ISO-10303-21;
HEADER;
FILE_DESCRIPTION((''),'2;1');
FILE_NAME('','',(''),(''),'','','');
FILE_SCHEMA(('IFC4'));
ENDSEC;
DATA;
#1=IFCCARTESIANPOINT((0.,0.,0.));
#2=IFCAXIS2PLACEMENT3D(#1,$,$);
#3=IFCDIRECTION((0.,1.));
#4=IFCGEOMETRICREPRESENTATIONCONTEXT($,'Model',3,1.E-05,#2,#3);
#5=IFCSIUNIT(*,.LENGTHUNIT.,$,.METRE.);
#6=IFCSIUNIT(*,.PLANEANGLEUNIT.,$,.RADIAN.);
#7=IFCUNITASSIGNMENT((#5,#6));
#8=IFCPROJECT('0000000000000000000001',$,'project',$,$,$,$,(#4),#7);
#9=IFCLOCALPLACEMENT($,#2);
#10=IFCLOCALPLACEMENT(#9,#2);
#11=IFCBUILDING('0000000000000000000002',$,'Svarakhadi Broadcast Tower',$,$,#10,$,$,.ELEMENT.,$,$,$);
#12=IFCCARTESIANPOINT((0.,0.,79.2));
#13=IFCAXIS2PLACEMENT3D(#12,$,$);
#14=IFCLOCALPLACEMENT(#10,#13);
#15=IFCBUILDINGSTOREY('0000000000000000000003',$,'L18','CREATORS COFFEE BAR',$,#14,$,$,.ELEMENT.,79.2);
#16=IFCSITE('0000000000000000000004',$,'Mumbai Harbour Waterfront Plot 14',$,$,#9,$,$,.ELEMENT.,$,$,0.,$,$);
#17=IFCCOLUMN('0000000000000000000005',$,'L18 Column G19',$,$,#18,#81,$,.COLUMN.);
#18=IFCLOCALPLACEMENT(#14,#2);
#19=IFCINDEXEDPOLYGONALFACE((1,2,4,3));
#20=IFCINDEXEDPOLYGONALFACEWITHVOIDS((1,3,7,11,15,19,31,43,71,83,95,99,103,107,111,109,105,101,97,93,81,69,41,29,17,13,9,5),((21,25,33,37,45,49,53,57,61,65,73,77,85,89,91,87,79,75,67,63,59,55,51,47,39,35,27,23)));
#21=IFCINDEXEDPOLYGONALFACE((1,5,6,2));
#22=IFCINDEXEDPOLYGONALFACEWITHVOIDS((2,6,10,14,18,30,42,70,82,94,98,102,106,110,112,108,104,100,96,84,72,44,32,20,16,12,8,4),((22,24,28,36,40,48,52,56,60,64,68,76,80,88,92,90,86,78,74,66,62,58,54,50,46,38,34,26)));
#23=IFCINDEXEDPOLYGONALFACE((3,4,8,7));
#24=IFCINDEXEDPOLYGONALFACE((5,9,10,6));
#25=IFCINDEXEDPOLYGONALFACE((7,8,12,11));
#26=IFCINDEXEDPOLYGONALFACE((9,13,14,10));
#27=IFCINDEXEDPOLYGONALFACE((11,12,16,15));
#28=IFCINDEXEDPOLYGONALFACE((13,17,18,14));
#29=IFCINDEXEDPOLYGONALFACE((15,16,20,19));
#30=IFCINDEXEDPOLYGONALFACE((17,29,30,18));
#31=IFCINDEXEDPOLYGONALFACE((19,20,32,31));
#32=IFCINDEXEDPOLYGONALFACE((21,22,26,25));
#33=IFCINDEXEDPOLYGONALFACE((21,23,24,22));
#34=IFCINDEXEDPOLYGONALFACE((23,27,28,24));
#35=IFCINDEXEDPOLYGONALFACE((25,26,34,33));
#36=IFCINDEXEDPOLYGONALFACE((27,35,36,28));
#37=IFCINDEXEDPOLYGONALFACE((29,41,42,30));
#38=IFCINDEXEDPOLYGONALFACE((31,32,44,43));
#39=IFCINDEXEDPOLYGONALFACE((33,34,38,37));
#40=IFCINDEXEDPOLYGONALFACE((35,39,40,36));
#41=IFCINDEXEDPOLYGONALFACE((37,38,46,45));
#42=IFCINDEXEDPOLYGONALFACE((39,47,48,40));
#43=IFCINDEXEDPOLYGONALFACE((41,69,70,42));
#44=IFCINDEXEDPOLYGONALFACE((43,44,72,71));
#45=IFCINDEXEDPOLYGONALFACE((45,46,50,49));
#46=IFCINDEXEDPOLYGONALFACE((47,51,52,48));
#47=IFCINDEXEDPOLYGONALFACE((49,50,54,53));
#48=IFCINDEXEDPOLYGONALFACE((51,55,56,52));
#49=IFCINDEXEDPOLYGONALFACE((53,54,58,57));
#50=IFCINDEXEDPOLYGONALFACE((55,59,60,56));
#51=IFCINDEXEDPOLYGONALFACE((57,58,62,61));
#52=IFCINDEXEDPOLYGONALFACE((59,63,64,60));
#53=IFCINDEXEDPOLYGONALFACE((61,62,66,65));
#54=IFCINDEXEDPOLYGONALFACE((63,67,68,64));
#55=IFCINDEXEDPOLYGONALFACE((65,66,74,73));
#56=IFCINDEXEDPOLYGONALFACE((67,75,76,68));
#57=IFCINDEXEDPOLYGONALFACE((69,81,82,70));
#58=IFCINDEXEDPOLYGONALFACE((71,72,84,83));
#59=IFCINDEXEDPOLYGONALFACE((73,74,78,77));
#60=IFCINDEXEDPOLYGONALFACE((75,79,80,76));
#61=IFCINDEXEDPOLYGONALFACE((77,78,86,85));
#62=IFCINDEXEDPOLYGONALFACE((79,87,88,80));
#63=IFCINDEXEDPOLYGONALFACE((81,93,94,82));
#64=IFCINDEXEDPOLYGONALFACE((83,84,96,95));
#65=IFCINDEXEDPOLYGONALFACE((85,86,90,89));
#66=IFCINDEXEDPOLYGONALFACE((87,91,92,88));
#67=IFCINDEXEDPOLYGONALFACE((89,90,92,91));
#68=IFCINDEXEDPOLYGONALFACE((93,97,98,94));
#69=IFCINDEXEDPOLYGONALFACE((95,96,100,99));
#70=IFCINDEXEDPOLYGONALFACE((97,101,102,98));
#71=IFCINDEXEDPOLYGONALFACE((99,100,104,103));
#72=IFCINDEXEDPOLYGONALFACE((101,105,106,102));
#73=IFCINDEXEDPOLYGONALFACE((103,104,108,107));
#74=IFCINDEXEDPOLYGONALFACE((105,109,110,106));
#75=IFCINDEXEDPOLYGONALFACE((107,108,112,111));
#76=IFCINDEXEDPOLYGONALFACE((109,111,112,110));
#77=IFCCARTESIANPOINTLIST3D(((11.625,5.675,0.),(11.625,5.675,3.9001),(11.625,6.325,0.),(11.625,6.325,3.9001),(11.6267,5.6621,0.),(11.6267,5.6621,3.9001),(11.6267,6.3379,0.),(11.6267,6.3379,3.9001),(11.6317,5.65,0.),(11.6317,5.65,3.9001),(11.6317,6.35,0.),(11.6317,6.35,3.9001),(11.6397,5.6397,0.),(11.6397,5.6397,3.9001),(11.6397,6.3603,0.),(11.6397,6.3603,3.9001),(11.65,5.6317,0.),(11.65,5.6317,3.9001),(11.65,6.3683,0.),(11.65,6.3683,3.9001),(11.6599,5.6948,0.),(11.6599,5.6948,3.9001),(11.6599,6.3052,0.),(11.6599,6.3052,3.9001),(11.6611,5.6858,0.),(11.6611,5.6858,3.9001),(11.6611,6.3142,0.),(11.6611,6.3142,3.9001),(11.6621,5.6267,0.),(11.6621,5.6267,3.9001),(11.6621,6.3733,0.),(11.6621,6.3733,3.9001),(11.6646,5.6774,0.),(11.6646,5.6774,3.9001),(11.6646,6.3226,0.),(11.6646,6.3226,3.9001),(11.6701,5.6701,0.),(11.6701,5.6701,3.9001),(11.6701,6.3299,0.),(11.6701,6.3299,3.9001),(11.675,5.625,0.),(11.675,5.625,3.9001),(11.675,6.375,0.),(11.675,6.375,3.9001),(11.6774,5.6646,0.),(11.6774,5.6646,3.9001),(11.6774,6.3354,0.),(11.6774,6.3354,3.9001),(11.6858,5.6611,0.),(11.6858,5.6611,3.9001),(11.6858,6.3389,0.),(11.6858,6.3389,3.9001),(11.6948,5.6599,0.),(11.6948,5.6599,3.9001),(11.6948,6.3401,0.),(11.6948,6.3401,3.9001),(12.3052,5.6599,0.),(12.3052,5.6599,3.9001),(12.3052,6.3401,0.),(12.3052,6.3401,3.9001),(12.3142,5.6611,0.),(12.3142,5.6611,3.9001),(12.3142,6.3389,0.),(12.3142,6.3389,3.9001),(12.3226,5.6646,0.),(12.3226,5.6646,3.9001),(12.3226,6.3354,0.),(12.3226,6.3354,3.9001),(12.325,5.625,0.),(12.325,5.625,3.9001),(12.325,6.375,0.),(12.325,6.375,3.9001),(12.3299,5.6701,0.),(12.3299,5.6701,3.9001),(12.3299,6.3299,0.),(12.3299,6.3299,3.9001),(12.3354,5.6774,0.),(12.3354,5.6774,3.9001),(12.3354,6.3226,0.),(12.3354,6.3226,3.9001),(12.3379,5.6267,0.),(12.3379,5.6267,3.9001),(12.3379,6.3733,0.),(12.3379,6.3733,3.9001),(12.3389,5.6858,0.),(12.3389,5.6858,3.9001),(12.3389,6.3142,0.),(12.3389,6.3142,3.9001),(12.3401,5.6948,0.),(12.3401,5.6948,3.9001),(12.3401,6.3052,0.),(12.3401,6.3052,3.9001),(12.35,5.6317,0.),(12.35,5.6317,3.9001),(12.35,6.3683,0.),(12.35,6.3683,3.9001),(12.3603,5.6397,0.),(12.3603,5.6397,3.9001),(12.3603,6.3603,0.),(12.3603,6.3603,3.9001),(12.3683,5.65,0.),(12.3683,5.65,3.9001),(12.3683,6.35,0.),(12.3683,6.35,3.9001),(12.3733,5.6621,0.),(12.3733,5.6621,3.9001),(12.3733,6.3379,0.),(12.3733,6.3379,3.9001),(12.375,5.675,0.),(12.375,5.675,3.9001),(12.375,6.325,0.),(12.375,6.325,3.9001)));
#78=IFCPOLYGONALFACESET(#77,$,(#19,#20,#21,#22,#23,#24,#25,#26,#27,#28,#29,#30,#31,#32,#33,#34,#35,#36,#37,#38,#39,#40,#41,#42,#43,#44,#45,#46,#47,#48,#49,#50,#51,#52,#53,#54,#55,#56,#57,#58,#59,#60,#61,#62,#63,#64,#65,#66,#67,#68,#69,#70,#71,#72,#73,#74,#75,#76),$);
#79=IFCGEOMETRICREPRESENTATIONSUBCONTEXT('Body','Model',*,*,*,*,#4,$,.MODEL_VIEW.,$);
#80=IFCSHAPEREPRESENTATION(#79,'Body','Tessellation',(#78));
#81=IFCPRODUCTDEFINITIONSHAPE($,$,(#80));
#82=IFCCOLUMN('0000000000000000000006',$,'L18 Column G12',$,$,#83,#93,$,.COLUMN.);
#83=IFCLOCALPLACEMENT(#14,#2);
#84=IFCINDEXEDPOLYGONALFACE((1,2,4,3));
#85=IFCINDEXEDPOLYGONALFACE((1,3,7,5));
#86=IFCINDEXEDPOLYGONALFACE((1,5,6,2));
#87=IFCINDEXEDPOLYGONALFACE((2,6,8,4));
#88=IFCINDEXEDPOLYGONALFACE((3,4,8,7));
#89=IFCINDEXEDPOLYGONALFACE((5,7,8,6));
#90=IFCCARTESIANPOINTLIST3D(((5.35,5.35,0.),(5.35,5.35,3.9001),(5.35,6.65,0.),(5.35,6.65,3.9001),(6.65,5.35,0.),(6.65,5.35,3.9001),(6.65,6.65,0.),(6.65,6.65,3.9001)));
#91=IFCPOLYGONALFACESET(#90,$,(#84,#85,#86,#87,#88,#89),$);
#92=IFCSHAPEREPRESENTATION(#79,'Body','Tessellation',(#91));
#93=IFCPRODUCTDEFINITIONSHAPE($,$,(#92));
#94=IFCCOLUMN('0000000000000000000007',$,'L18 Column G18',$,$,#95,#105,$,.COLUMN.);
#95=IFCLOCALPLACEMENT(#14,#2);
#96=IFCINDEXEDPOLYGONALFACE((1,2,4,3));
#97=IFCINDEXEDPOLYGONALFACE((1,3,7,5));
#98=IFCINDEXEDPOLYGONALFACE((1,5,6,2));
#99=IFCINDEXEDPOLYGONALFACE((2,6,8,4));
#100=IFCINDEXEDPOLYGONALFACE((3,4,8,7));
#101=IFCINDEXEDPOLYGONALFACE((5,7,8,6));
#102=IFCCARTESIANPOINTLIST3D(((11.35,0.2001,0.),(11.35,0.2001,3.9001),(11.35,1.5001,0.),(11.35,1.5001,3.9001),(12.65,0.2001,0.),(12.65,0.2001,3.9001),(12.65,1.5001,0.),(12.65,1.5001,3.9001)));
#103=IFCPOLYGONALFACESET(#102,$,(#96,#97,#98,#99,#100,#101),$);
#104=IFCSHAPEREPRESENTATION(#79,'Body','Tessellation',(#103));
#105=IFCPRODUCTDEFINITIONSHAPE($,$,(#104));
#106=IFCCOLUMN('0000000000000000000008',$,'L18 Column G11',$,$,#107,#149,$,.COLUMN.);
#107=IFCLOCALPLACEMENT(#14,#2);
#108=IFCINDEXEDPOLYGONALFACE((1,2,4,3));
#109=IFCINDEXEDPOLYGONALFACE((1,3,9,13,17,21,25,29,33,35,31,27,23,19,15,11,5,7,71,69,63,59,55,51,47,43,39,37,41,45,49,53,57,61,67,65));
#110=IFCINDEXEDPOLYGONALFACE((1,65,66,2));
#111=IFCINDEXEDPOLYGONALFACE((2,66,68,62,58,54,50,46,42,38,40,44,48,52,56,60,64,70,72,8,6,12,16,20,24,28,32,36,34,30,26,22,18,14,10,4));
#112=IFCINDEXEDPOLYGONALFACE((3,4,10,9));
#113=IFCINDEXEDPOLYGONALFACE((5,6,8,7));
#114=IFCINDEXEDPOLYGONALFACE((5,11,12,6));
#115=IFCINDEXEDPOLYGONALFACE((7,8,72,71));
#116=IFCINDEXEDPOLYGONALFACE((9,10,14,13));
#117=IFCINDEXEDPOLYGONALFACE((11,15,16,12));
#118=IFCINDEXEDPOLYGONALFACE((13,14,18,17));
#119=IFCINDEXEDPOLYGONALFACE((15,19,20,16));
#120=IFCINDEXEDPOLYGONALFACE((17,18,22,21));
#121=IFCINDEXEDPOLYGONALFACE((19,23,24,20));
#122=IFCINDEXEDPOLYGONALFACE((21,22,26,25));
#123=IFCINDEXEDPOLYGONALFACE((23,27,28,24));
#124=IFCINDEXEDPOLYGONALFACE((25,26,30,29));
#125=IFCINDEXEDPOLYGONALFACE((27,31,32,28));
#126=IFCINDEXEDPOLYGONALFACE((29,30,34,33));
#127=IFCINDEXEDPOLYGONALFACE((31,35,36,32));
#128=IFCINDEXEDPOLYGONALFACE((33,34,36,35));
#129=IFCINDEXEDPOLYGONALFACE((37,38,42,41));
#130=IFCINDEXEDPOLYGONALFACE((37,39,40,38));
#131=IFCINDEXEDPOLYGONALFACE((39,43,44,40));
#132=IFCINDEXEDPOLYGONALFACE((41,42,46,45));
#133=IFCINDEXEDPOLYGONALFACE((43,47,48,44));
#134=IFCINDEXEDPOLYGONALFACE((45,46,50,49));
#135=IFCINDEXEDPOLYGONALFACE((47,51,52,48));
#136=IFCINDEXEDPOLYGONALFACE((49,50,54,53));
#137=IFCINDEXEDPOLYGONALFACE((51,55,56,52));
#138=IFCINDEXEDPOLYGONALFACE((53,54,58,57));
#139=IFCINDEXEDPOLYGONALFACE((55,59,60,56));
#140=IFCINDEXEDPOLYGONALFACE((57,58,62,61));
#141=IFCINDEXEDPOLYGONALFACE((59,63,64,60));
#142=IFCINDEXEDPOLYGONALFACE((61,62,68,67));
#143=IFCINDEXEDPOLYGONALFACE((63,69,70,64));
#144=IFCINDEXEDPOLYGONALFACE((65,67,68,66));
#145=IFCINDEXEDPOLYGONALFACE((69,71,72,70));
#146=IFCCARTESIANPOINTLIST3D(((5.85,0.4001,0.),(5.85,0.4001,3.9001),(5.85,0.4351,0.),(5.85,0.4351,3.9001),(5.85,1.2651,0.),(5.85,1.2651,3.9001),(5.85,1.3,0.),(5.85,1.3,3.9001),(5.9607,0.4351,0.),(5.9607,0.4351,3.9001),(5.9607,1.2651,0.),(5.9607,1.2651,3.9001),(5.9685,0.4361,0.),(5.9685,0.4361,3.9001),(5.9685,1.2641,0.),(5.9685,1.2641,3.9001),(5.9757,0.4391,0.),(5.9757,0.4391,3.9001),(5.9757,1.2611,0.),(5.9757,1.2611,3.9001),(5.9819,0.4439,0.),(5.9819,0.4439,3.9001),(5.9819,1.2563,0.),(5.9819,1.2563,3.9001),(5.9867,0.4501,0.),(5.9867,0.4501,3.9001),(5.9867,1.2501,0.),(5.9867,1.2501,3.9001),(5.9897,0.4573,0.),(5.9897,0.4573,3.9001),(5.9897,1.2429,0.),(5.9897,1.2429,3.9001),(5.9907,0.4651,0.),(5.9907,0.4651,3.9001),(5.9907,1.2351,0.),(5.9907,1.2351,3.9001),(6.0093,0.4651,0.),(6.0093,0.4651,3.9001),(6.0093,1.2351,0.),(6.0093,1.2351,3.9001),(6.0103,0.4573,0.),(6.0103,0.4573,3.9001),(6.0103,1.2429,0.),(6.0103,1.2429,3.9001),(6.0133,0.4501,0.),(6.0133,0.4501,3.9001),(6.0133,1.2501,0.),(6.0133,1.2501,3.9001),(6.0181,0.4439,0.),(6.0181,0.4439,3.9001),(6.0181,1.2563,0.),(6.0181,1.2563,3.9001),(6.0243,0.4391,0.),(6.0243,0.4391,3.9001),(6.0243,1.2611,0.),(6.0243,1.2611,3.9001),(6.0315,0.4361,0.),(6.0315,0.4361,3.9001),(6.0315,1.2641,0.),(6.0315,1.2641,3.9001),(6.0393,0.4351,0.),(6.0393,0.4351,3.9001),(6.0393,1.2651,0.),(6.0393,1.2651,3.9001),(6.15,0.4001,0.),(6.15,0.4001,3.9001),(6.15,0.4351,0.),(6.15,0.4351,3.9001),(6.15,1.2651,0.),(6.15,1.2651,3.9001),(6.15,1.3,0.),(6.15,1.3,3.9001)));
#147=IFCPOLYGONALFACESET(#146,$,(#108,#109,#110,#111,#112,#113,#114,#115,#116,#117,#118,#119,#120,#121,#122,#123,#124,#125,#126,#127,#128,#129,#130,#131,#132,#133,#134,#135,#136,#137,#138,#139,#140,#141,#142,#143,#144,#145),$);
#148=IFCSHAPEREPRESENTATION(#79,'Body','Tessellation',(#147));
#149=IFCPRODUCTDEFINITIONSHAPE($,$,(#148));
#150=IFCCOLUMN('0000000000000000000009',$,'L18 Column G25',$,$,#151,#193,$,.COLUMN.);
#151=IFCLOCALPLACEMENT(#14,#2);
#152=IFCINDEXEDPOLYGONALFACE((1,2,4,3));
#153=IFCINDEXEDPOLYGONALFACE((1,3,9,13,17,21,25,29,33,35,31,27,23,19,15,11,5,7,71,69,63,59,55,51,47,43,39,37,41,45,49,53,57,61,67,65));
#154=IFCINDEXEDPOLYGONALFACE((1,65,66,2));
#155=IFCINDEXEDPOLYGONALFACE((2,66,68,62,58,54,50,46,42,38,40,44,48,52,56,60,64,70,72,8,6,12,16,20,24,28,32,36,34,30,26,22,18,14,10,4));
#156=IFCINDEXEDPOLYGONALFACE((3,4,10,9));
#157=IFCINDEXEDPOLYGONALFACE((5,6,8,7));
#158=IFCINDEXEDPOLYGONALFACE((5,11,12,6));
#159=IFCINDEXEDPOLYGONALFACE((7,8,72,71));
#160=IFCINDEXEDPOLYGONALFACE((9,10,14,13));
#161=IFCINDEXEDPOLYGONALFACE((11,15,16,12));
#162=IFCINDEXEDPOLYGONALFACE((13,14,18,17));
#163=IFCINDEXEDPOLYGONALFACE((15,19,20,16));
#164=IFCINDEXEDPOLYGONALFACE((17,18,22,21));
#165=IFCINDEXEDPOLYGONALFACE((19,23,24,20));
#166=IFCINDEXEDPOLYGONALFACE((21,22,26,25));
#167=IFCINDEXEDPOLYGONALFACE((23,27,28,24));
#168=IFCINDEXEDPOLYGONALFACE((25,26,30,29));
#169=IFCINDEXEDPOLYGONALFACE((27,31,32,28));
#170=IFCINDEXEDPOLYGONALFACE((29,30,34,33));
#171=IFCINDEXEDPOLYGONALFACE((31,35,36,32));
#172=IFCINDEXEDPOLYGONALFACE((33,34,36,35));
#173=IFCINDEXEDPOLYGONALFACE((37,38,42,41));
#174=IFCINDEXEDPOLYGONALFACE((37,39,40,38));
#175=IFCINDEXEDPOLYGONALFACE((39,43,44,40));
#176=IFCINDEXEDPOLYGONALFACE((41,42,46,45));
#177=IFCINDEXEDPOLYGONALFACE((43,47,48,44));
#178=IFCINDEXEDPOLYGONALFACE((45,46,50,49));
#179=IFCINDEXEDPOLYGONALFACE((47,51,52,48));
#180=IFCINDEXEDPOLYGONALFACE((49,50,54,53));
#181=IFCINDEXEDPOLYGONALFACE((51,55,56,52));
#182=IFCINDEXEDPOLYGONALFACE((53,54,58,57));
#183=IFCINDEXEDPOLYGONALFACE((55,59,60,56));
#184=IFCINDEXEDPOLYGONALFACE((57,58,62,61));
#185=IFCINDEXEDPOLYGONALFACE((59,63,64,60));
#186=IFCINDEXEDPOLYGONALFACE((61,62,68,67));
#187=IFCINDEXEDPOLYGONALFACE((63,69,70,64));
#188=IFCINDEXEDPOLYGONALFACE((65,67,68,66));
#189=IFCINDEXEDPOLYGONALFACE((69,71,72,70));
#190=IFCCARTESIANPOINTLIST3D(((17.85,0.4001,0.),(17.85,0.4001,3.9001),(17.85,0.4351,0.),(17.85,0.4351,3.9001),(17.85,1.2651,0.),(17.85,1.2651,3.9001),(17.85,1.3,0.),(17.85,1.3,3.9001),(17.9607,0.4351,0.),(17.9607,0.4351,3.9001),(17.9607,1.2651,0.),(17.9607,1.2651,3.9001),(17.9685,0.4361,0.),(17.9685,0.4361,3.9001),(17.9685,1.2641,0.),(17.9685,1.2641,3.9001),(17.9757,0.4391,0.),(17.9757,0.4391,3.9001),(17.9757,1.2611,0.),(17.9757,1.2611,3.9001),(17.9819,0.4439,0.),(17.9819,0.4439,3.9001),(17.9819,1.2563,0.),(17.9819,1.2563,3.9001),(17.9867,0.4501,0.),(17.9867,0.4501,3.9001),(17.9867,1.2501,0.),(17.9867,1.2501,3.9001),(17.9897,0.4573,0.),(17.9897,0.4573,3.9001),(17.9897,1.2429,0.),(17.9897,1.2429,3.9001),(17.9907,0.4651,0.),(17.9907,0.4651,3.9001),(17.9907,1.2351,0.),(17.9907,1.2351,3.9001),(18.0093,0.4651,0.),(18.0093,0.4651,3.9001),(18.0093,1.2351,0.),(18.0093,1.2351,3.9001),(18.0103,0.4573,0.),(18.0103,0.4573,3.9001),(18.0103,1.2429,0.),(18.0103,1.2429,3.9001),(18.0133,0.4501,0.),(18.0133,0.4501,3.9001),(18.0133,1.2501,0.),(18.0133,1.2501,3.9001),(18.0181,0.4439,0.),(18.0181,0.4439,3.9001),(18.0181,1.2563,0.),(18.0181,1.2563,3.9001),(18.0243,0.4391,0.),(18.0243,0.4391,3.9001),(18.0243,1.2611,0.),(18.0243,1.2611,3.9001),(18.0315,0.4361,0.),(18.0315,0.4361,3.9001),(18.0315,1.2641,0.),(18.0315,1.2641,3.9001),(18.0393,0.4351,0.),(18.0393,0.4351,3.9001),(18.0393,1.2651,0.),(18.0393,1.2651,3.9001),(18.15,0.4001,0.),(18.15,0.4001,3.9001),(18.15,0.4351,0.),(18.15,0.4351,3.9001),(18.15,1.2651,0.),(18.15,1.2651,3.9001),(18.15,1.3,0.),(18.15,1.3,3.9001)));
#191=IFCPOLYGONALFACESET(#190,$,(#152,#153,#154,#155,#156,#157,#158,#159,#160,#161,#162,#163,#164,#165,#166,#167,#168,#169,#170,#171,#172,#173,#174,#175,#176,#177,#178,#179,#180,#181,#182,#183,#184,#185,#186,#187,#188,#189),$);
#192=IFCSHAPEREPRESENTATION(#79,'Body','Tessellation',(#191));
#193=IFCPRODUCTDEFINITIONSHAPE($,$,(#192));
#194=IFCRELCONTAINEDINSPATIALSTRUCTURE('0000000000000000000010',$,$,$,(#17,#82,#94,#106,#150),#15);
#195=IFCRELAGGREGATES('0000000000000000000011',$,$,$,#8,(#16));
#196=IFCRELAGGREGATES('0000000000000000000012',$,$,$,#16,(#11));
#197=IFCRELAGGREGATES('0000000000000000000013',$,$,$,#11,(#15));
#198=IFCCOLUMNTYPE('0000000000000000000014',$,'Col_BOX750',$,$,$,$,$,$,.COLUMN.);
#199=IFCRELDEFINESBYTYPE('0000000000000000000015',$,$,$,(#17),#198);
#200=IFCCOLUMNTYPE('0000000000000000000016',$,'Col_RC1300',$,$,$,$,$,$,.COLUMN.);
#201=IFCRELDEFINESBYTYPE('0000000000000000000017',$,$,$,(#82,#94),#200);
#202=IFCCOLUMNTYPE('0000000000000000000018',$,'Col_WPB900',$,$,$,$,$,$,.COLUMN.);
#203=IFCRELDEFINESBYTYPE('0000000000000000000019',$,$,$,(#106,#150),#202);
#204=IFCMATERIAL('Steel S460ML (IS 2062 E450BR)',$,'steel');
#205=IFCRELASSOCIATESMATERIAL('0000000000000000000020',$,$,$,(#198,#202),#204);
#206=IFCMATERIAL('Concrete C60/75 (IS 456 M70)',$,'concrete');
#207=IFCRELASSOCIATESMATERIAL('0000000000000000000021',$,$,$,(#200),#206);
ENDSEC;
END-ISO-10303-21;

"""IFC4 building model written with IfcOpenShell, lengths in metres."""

from ifc_helpers import new_model, si_unit, direction, frame, origin, origin_2d, place, context, subcontext, project, spatial, rectangle, hollow_rectangle, i_section, extrude, material, material_profile, profile_set, type_object, element, save


model = new_model("IFC4")

# Units and contexts
model_context = context("Model", 3, precision=1e-05, world=origin(), true_north=direction((0.0, 1.0)))
body_context = subcontext(model_context, "Body", "Model", "MODEL_VIEW")
ifc_project = project(units=[si_unit("LENGTHUNIT", "METRE"), si_unit("PLANEANGLEUNIT", "RADIAN")], contexts=[model_context])

# Site, building, storey
site_placement = place(None, origin())
site = spatial("IfcSite", under=ifc_project, at=site_placement, Name="Mumbai Harbour Waterfront Plot 14", CompositionType="ELEMENT", RefElevation=0.0)
building_placement = place(site_placement, origin())
building = spatial("IfcBuilding", under=site, at=building_placement, Name="Svarakhadi Broadcast Tower", CompositionType="ELEMENT")
storey_placement = place(building_placement, frame((0.0, 0.0, 79.2)))
storey = spatial("IfcBuildingStorey", under=building, at=storey_placement, Name="L18", Description="CREATORS COFFEE BAR", CompositionType="ELEMENT", Elevation=79.2)

# Columns
ifc_material_1 = material(Name="Steel S460ML (IS 2062 E450BR)", Category="steel")
ifc_material_profile_1 = material_profile(ifc_material_1, hollow_rectangle(XDim=0.75, YDim=0.75, WallThickness=0.0349, InnerFilletRadius=0.0349, OuterFilletRadius=0.05, at=origin_2d()), Name="BOX 750x750x35")
ifc_profile_set_1 = profile_set([ifc_material_profile_1], Name="Steel S460ML (IS 2062 E450BR)")
column_type_1 = type_object("IfcColumnType", Name="Col_BOX750", PredefinedType="COLUMN", material=ifc_profile_set_1)
column_placement = place(storey_placement, frame((12.0, 6.0, 0.0), z_axis=(0.0, 0.0, 1.0), x_axis=(1.0, 0.0, 0.0)))
element("IfcColumn", 1, at=column_placement, inside=storey, type_object=column_type_1, Name="L18 Column G19", PredefinedType="COLUMN", context=body_context, shape_type="SweptSolid", body=[
    extrude(hollow_rectangle(XDim=0.75, YDim=0.75, WallThickness=0.0349, InnerFilletRadius=0.0349, OuterFilletRadius=0.05, at=origin_2d()), origin(), (0.0, 0.0, 1.0), 3.9001),
])
ifc_material_2 = material(Name="Concrete C60/75 (IS 456 M70)", Category="concrete")
ifc_material_profile_2 = material_profile(ifc_material_2, rectangle(XDim=1.3, YDim=1.3, at=origin_2d()), Name="RC 1300x1300")
ifc_profile_set_2 = profile_set([ifc_material_profile_2], Name="Concrete C60/75 (IS 456 M70)")
column_type_2 = type_object("IfcColumnType", Name="Col_RC1300", PredefinedType="COLUMN", material=ifc_profile_set_2)
for number, where, z_axis, x_axis, name in (
    (2, (6.0, 6.0, 0.0), (0.0, 0.0, 1.0), (1.0, 0.0, 0.0), "L18 Column G12"),
    (3, (12.0, 0.8501, 0.0), (0.0, 0.0, 1.0), (1.0, 0.0, 0.0), "L18 Column G18"),
):
    element("IfcColumn", number, at=place(storey_placement, frame(where, z_axis=z_axis, x_axis=x_axis)), inside=storey, type_object=column_type_2, Name=name, PredefinedType="COLUMN", context=body_context, shape_type="SweptSolid", body=[
        extrude(rectangle(XDim=1.3, YDim=1.3, at=origin_2d()), origin(), (0.0, 0.0, 1.0), 3.9001),
    ])
ifc_material_profile_3 = material_profile(ifc_material_1, i_section(OverallWidth=0.3, OverallDepth=0.8999, WebThickness=0.0186, FlangeThickness=0.0349, FilletRadius=0.03, at=origin_2d()), Name="WPB 900x300x291")
ifc_profile_set_3 = profile_set([ifc_material_profile_3], Name="Steel S460ML (IS 2062 E450BR)")
column_type_3 = type_object("IfcColumnType", Name="Col_WPB900", PredefinedType="COLUMN", material=ifc_profile_set_3)
for number, where, z_axis, x_axis, name in (
    (4, (6.0, 0.8501, 0.0), (0.0, 0.0, 1.0), (1.0, 0.0, 0.0), "L18 Column G11"),
    (5, (18.0, 0.8501, 0.0), (0.0, 0.0, 1.0), (1.0, 0.0, 0.0), "L18 Column G25"),
):
    element("IfcColumn", number, at=place(storey_placement, frame(where, z_axis=z_axis, x_axis=x_axis)), inside=storey, type_object=column_type_3, Name=name, PredefinedType="COLUMN", context=body_context, shape_type="SweptSolid", body=[
        extrude(i_section(OverallWidth=0.3, OverallDepth=0.8999, WebThickness=0.0186, FlangeThickness=0.0349, FilletRadius=0.03, at=origin_2d()), origin(), (0.0, 0.0, 1.0), 3.9001),
    ])

save(model, "model.ifc")
